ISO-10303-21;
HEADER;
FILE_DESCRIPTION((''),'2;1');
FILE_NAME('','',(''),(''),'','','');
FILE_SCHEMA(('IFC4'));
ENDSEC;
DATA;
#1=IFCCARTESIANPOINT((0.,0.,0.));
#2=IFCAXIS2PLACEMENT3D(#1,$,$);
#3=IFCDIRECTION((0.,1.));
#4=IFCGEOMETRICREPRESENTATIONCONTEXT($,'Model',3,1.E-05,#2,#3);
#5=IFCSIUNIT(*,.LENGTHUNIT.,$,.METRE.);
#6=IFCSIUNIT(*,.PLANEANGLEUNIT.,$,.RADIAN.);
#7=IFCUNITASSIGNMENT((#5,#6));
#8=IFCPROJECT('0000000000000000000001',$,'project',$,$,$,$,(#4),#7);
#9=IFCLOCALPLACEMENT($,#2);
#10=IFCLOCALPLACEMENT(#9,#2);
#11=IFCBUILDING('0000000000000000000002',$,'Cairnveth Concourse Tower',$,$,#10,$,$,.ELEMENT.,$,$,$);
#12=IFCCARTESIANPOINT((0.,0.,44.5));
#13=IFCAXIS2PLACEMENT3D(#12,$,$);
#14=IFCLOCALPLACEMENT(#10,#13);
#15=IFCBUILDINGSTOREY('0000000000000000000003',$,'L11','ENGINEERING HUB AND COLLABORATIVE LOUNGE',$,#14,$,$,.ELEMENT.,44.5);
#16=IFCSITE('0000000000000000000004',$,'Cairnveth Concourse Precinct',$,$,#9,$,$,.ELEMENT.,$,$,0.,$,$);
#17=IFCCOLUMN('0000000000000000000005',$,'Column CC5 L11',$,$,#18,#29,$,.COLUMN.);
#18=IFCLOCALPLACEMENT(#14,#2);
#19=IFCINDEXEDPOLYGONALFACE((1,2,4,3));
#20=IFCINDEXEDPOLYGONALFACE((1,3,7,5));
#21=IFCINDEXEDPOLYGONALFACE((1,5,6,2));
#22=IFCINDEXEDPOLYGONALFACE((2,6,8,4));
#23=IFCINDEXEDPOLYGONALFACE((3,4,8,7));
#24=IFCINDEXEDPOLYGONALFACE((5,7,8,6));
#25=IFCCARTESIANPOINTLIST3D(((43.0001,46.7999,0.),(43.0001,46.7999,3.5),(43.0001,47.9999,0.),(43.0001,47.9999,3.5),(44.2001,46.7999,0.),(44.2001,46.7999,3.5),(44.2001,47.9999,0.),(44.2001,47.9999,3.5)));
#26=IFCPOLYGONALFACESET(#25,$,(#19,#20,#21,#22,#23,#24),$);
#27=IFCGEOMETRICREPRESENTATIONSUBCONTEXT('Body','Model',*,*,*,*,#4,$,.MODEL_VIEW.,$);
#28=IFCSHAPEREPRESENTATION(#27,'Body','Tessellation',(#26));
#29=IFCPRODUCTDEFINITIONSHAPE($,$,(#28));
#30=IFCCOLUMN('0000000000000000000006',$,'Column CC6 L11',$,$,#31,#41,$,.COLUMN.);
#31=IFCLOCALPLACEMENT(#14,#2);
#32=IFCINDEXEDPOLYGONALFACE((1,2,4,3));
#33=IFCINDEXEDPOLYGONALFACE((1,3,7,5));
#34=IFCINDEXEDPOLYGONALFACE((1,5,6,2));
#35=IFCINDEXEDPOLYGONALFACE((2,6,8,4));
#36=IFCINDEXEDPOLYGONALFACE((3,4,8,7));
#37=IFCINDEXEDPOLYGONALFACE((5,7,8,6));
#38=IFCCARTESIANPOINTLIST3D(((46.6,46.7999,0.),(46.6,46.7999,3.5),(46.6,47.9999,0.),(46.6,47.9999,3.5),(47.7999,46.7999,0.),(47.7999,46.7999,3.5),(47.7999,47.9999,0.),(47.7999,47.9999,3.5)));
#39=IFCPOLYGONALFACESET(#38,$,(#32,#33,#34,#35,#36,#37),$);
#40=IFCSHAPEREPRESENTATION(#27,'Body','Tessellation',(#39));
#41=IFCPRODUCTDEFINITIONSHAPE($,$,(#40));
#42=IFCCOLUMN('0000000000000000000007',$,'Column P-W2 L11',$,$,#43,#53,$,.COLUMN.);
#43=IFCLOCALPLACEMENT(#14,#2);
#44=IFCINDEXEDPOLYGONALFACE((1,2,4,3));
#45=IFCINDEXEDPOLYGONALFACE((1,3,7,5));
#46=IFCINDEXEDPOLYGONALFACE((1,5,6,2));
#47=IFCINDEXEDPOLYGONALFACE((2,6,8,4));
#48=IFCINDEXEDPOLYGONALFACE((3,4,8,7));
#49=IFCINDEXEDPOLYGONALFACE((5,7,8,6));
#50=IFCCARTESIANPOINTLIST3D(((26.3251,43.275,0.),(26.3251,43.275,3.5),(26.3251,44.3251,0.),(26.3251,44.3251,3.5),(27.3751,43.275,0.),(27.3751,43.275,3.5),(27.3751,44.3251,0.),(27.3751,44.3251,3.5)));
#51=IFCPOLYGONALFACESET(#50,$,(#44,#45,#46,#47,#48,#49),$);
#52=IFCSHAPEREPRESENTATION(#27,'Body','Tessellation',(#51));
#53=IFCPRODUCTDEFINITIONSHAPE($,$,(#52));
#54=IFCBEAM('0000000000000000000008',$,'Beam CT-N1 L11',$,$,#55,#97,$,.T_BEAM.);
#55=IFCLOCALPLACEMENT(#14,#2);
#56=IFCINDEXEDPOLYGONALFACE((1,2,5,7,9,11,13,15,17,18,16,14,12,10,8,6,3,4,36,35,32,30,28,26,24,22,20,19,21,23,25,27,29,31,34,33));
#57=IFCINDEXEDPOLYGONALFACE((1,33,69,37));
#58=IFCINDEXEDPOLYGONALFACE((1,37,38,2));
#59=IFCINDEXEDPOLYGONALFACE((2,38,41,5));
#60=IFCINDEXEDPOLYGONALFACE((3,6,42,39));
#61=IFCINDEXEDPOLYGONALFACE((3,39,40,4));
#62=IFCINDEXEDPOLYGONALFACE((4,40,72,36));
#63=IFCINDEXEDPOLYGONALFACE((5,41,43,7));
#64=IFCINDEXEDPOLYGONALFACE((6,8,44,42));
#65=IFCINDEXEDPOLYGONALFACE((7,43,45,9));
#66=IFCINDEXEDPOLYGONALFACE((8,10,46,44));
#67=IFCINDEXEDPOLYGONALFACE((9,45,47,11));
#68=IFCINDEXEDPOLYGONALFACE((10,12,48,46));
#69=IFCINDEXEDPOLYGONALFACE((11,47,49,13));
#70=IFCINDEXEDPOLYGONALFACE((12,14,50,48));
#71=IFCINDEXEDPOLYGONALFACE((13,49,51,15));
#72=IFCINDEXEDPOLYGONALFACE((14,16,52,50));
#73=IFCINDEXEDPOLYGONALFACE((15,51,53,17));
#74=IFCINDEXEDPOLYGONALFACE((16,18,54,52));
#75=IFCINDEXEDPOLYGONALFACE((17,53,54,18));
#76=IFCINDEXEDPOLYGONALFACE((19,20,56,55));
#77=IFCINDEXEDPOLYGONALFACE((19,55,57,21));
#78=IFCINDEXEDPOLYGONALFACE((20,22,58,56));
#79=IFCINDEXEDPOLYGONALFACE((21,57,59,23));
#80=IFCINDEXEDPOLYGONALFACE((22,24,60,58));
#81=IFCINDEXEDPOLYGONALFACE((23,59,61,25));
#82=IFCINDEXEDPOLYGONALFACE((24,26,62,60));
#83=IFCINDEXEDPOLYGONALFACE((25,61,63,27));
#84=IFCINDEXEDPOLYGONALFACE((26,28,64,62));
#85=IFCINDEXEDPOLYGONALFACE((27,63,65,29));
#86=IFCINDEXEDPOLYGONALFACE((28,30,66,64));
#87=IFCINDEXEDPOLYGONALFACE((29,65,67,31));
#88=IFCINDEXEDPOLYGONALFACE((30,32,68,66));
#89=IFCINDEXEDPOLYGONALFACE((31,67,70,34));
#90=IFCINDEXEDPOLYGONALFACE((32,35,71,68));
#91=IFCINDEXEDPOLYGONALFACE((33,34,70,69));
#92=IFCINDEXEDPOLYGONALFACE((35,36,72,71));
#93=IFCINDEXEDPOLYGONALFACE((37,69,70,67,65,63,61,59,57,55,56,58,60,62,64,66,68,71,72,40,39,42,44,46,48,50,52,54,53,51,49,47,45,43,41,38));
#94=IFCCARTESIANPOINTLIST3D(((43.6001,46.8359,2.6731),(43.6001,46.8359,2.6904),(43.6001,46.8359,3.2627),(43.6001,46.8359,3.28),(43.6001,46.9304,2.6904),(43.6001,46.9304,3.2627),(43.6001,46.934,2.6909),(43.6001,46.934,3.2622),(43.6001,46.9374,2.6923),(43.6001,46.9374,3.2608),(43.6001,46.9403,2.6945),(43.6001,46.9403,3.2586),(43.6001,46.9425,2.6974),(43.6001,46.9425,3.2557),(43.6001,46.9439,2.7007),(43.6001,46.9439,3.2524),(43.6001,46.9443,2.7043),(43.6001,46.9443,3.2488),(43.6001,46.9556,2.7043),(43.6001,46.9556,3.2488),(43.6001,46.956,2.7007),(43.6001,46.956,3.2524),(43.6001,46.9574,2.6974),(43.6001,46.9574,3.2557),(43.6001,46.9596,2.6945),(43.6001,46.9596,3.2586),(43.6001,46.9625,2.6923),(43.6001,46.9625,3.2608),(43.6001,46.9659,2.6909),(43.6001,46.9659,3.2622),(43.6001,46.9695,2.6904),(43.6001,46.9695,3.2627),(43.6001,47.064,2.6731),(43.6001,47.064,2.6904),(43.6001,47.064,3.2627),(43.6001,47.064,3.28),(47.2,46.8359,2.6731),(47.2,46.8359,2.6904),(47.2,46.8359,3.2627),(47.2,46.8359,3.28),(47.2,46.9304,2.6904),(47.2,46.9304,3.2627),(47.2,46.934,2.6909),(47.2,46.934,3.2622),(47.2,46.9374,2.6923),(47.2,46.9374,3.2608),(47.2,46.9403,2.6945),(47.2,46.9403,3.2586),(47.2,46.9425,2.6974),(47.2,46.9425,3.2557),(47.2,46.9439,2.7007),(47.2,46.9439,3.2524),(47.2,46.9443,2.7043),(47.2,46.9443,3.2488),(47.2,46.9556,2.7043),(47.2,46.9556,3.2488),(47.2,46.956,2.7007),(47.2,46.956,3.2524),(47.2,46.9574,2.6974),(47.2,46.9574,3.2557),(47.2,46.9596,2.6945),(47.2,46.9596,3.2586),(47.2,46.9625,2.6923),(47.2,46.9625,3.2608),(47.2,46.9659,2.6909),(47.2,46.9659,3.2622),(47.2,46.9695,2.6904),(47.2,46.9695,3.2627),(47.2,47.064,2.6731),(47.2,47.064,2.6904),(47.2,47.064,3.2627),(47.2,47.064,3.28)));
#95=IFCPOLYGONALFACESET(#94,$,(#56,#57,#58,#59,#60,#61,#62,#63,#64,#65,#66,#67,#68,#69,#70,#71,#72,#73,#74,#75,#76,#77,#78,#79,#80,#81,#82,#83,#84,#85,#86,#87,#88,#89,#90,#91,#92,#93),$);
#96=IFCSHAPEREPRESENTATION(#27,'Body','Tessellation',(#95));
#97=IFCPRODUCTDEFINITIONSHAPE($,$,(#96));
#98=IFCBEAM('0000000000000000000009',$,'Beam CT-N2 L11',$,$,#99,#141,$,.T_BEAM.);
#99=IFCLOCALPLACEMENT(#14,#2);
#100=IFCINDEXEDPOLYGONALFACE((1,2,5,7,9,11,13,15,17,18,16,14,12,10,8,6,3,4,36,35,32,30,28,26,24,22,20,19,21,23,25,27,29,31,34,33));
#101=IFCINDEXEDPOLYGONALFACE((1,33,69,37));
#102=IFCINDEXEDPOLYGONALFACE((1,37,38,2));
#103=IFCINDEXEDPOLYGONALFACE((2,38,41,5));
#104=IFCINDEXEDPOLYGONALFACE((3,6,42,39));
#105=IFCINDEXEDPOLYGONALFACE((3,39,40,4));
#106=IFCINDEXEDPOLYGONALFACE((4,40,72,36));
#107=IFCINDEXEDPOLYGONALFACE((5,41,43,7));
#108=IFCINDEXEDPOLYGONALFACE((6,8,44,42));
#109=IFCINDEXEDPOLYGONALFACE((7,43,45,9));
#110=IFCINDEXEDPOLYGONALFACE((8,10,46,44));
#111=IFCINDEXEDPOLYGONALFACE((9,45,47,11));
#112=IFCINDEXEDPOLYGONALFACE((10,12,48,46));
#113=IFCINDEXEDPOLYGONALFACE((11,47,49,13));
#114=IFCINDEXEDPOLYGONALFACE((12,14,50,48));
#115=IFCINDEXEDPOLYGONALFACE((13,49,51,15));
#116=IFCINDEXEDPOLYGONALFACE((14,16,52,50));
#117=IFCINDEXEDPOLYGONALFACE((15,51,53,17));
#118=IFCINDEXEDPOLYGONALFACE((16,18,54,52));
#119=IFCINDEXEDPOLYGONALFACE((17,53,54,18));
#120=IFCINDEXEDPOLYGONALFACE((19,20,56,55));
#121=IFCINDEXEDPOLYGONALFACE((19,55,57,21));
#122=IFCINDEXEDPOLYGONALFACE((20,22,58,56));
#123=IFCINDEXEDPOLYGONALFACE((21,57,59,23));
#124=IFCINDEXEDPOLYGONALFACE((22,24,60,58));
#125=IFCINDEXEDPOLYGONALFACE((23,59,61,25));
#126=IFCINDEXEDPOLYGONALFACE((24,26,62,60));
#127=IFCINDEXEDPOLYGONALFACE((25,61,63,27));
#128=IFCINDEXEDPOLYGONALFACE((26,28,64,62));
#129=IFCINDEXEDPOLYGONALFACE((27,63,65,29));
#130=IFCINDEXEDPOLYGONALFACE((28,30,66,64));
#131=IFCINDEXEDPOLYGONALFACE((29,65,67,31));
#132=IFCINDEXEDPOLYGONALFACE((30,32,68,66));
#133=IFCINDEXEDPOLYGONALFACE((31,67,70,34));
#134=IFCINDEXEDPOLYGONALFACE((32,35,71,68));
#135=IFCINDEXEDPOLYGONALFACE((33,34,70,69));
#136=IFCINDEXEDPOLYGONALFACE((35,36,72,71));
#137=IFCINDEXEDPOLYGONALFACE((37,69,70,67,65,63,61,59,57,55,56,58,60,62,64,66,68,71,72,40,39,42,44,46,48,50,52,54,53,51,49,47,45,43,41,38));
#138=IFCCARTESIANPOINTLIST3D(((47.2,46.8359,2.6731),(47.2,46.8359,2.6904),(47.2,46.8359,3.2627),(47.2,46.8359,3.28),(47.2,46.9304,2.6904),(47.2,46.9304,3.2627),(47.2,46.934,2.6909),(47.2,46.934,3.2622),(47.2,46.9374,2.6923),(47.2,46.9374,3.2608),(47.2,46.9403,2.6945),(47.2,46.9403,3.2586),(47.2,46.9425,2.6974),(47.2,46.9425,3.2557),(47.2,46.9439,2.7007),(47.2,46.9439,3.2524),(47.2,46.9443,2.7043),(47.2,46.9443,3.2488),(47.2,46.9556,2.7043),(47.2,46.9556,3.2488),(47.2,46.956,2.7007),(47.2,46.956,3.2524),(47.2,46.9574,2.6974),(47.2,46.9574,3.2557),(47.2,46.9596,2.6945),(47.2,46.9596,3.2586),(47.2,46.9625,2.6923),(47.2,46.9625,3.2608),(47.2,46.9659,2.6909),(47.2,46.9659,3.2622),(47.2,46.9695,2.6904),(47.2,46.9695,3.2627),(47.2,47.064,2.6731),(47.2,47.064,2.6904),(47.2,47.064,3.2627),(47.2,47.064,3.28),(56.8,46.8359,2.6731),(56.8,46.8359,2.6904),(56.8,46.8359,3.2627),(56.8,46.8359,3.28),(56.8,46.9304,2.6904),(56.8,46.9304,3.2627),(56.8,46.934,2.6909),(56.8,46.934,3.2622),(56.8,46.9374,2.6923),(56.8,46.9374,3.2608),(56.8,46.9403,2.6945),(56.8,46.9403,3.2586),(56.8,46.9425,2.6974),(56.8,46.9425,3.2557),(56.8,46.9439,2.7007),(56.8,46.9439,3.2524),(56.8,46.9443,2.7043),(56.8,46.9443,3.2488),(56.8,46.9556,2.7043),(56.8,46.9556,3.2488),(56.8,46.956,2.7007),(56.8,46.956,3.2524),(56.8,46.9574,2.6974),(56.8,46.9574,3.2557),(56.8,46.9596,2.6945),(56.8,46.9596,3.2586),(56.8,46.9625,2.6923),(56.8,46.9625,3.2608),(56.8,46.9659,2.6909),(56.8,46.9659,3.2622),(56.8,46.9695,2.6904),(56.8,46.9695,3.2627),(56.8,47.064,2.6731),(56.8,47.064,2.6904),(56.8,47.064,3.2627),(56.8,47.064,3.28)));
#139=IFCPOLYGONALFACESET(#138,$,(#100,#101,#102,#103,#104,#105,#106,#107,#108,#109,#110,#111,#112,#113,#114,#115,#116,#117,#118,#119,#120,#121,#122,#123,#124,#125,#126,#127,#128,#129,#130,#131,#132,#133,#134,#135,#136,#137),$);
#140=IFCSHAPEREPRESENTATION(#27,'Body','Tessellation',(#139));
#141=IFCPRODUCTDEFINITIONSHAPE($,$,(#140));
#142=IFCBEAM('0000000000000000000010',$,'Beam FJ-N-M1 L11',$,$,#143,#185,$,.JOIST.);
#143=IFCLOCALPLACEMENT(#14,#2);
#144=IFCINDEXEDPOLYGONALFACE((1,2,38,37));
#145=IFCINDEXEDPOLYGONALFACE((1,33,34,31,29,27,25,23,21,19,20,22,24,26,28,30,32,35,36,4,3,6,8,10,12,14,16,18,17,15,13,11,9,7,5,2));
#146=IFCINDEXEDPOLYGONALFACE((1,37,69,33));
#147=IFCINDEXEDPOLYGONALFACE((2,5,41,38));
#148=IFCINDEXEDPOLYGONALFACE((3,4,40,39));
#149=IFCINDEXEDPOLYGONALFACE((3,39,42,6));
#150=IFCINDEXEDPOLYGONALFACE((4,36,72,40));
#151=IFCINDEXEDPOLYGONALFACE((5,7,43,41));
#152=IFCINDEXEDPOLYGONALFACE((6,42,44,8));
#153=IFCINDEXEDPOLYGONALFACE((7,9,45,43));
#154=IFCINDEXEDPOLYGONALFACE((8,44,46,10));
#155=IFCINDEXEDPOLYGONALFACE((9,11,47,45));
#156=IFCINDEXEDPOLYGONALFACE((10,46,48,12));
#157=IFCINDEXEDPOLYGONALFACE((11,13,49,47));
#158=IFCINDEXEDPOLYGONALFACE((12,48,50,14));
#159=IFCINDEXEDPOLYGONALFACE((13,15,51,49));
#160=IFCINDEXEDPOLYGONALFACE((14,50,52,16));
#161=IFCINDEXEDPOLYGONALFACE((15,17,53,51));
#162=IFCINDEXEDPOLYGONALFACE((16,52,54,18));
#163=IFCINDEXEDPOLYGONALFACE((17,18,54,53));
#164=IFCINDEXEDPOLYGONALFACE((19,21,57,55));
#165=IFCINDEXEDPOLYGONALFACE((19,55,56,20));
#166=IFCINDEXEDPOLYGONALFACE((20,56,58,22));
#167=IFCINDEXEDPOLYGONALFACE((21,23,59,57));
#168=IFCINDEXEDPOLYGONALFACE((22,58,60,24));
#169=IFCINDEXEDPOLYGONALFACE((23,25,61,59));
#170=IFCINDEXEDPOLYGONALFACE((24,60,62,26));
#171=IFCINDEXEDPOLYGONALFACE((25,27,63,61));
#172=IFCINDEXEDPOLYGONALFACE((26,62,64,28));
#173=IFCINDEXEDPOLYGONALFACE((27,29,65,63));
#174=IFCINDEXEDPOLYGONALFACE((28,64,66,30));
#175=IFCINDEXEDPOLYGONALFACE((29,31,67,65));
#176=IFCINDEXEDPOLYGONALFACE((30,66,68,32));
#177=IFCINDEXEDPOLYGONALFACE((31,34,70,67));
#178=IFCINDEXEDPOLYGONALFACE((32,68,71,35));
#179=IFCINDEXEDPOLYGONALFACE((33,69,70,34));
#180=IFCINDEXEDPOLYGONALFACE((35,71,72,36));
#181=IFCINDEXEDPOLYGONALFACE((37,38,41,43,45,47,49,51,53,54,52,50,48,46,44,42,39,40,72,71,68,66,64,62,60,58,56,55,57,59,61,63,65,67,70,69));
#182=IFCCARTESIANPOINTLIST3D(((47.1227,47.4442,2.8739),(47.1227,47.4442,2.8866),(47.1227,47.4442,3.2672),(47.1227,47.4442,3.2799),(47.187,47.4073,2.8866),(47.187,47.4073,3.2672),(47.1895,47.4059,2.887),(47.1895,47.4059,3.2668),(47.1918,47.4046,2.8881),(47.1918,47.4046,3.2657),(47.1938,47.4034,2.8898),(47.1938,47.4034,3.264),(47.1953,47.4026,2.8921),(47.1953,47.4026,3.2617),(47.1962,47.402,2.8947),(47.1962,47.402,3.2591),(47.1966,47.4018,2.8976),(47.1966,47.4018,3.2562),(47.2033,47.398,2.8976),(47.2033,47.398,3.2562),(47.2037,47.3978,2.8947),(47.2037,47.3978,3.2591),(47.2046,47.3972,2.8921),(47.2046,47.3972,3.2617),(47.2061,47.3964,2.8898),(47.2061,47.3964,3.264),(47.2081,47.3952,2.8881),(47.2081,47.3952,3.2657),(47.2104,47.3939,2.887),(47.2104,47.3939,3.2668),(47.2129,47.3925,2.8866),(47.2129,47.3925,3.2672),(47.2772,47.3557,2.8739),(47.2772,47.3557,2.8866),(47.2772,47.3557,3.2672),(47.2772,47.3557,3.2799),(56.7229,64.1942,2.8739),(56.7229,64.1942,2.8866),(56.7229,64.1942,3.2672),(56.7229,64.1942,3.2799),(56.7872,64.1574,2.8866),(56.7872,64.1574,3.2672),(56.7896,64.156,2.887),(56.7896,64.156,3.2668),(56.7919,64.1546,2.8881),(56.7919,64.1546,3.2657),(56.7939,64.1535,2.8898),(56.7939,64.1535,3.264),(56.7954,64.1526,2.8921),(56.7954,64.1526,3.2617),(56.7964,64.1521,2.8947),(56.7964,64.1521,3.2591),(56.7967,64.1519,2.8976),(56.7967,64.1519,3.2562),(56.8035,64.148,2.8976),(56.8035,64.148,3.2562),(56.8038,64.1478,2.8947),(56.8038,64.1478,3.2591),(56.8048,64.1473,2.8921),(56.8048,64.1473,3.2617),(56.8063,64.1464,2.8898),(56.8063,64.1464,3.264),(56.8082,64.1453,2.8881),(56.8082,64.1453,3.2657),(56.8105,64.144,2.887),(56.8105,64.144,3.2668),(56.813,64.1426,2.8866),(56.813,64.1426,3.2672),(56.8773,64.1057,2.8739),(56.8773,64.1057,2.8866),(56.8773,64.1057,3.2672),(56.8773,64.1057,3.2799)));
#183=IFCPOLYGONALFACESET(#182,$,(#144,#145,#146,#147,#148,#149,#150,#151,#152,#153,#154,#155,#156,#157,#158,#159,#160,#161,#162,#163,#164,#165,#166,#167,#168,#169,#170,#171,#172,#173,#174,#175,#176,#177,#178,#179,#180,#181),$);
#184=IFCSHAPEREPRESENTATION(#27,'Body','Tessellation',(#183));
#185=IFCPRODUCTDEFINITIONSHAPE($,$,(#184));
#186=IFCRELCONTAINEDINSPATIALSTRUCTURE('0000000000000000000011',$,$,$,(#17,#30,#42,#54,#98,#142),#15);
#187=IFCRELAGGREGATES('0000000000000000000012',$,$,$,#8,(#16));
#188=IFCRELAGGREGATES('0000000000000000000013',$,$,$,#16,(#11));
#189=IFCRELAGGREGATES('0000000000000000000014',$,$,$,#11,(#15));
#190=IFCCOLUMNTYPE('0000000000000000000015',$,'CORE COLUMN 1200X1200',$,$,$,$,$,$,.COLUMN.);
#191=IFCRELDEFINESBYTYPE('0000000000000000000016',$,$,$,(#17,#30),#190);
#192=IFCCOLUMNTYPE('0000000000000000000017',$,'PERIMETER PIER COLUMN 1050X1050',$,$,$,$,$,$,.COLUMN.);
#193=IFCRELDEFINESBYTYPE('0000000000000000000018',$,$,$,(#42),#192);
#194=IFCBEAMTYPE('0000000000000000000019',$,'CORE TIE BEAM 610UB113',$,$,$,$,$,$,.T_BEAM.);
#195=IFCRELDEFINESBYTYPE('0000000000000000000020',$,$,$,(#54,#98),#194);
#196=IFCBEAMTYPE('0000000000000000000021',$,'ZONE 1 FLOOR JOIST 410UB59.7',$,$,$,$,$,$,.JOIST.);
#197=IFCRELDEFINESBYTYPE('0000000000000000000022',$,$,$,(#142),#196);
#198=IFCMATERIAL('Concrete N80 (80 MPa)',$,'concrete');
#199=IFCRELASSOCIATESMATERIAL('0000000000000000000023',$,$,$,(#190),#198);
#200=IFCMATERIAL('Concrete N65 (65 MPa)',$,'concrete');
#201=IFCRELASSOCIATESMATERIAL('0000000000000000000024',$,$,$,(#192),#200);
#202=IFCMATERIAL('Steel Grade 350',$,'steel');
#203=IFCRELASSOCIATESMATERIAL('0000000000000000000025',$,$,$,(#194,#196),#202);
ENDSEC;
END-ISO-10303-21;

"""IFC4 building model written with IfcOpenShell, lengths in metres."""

from ifc_helpers import new_model, si_unit, direction, frame, origin, origin_2d, place, context, subcontext, project, spatial, rectangle, i_section, extrude, material, material_profile, profile_set, type_object, element, save


model = new_model("IFC4")

# Units and contexts
model_context = context("Model", 3, precision=1e-05, world=origin(), true_north=direction((0.0, 1.0)))
body_context = subcontext(model_context, "Body", "Model", "MODEL_VIEW")
ifc_project = project(units=[si_unit("LENGTHUNIT", "METRE"), si_unit("PLANEANGLEUNIT", "RADIAN")], contexts=[model_context])

# Site, building, storey
site_placement = place(None, origin())
site = spatial("IfcSite", under=ifc_project, at=site_placement, Name="Cairnveth Concourse Precinct", CompositionType="ELEMENT", RefElevation=0.0)
building_placement = place(site_placement, origin())
building = spatial("IfcBuilding", under=site, at=building_placement, Name="Cairnveth Concourse Tower", CompositionType="ELEMENT")
storey_placement = place(building_placement, frame((0.0, 0.0, 44.5)))
storey = spatial("IfcBuildingStorey", under=building, at=storey_placement, Name="L11", Description="ENGINEERING HUB AND COLLABORATIVE LOUNGE", CompositionType="ELEMENT", Elevation=44.5)

# Columns
ifc_material_1 = material(Name="Concrete N80 (80 MPa)", Category="concrete")
ifc_material_profile_1 = material_profile(ifc_material_1, rectangle(XDim=1.2, YDim=1.2, at=origin_2d()), Name="RC-COL-1200x1200")
ifc_profile_set_1 = profile_set([ifc_material_profile_1], Name="Concrete N80 (80 MPa)")
column_type_1 = type_object("IfcColumnType", Name="CORE COLUMN 1200X1200", PredefinedType="COLUMN", material=ifc_profile_set_1)
for number, where, z_axis, x_axis, name in (
    (1, (43.6001, 47.3999, 0.0), (0.0, 0.0, 1.0), (1.0, 0.0, 0.0), "Column CC5 L11"),
    (2, (47.2, 47.3999, 0.0), (0.0, 0.0, 1.0), (1.0, 0.0, 0.0), "Column CC6 L11"),
):
    element("IfcColumn", number, at=place(storey_placement, frame(where, z_axis=z_axis, x_axis=x_axis)), inside=storey, type_object=column_type_1, Name=name, PredefinedType="COLUMN", context=body_context, shape_type="SweptSolid", body=[
        extrude(rectangle(XDim=1.2, YDim=1.2, at=origin_2d()), origin(), (0.0, 0.0, 1.0), 3.5),
    ])
ifc_material_2 = material(Name="Concrete N65 (65 MPa)", Category="concrete")
ifc_material_profile_2 = material_profile(ifc_material_2, rectangle(XDim=1.05, YDim=1.05, at=origin_2d()), Name="RC-COL-1050x1050")
ifc_profile_set_2 = profile_set([ifc_material_profile_2], Name="Concrete N65 (65 MPa)")
column_type_2 = type_object("IfcColumnType", Name="PERIMETER PIER COLUMN 1050X1050", PredefinedType="COLUMN", material=ifc_profile_set_2)
column_placement = place(storey_placement, frame((26.8501, 43.8, 0.0), z_axis=(0.0, 0.0, 1.0), x_axis=(0.0, 1.0, 0.0)))
element("IfcColumn", 3, at=column_placement, inside=storey, type_object=column_type_2, Name="Column P-W2 L11", PredefinedType="COLUMN", context=body_context, shape_type="SweptSolid", body=[
    extrude(rectangle(XDim=1.05, YDim=1.05, at=origin_2d()), origin(), (0.0, 0.0, 1.0), 3.5),
])

# Beams
ifc_material_3 = material(Name="Steel Grade 350", Category="steel")
ifc_material_profile_3 = material_profile(ifc_material_3, i_section(OverallWidth=0.228, OverallDepth=0.6069, WebThickness=0.0112, FlangeThickness=0.0173, FilletRadius=0.0139, at=origin_2d()), Name="610UB113")
ifc_profile_set_3 = profile_set([ifc_material_profile_3], Name="Steel Grade 350")
beam_type_1 = type_object("IfcBeamType", Name="CORE TIE BEAM 610UB113", PredefinedType="T_BEAM", material=ifc_profile_set_3)
beam_1_placement = place(storey_placement, frame((43.6001, 46.95, 2.9766), z_axis=(1.0, 0.0, 0.0), x_axis=(0.0, 1.0, 0.0)))
element("IfcBeam", 4, at=beam_1_placement, inside=storey, type_object=beam_type_1, Name="Beam CT-N1 L11", PredefinedType="T_BEAM", context=body_context, shape_type="SweptSolid", body=[
    extrude(i_section(OverallWidth=0.228, OverallDepth=0.6069, WebThickness=0.0112, FlangeThickness=0.0173, FilletRadius=0.0139, at=origin_2d()), origin(), (0.0, 0.0, 1.0), 3.5999),
])
beam_2_placement = place(storey_placement, frame((47.2, 46.95, 2.9766), z_axis=(1.0, 0.0, 0.0), x_axis=(0.0, 1.0, 0.0)))
element("IfcBeam", 5, at=beam_2_placement, inside=storey, type_object=beam_type_1, Name="Beam CT-N2 L11", PredefinedType="T_BEAM", context=body_context, shape_type="SweptSolid", body=[
    extrude(i_section(OverallWidth=0.228, OverallDepth=0.6069, WebThickness=0.0112, FlangeThickness=0.0173, FilletRadius=0.0139, at=origin_2d()), origin(), (0.0, 0.0, 1.0), 9.6001),
])
ifc_material_profile_4 = material_profile(ifc_material_3, i_section(OverallWidth=0.178, OverallDepth=0.406, WebThickness=0.0078, FlangeThickness=0.0127, FilletRadius=0.011, at=origin_2d()), Name="410UB59.7")
ifc_profile_set_4 = profile_set([ifc_material_profile_4], Name="Steel Grade 350")
beam_type_2 = type_object("IfcBeamType", Name="ZONE 1 FLOOR JOIST 410UB59.7", PredefinedType="JOIST", material=ifc_profile_set_4)
beam_3_placement = place(storey_placement, frame((47.2, 47.3999, 3.0769), z_axis=(0.497258, 0.867603, 0.0), x_axis=(-0.867603, 0.497258, 0.0)))
element("IfcBeam", 6, at=beam_3_placement, inside=storey, type_object=beam_type_2, Name="Beam FJ-N-M1 L11", PredefinedType="JOIST", context=body_context, shape_type="SweptSolid", body=[
    extrude(i_section(OverallWidth=0.178, OverallDepth=0.406, WebThickness=0.0078, FlangeThickness=0.0127, FilletRadius=0.011, at=origin_2d()), origin(), (0.0, 0.0, 1.0), 19.3062),
])

save(model, "model.ifc")
